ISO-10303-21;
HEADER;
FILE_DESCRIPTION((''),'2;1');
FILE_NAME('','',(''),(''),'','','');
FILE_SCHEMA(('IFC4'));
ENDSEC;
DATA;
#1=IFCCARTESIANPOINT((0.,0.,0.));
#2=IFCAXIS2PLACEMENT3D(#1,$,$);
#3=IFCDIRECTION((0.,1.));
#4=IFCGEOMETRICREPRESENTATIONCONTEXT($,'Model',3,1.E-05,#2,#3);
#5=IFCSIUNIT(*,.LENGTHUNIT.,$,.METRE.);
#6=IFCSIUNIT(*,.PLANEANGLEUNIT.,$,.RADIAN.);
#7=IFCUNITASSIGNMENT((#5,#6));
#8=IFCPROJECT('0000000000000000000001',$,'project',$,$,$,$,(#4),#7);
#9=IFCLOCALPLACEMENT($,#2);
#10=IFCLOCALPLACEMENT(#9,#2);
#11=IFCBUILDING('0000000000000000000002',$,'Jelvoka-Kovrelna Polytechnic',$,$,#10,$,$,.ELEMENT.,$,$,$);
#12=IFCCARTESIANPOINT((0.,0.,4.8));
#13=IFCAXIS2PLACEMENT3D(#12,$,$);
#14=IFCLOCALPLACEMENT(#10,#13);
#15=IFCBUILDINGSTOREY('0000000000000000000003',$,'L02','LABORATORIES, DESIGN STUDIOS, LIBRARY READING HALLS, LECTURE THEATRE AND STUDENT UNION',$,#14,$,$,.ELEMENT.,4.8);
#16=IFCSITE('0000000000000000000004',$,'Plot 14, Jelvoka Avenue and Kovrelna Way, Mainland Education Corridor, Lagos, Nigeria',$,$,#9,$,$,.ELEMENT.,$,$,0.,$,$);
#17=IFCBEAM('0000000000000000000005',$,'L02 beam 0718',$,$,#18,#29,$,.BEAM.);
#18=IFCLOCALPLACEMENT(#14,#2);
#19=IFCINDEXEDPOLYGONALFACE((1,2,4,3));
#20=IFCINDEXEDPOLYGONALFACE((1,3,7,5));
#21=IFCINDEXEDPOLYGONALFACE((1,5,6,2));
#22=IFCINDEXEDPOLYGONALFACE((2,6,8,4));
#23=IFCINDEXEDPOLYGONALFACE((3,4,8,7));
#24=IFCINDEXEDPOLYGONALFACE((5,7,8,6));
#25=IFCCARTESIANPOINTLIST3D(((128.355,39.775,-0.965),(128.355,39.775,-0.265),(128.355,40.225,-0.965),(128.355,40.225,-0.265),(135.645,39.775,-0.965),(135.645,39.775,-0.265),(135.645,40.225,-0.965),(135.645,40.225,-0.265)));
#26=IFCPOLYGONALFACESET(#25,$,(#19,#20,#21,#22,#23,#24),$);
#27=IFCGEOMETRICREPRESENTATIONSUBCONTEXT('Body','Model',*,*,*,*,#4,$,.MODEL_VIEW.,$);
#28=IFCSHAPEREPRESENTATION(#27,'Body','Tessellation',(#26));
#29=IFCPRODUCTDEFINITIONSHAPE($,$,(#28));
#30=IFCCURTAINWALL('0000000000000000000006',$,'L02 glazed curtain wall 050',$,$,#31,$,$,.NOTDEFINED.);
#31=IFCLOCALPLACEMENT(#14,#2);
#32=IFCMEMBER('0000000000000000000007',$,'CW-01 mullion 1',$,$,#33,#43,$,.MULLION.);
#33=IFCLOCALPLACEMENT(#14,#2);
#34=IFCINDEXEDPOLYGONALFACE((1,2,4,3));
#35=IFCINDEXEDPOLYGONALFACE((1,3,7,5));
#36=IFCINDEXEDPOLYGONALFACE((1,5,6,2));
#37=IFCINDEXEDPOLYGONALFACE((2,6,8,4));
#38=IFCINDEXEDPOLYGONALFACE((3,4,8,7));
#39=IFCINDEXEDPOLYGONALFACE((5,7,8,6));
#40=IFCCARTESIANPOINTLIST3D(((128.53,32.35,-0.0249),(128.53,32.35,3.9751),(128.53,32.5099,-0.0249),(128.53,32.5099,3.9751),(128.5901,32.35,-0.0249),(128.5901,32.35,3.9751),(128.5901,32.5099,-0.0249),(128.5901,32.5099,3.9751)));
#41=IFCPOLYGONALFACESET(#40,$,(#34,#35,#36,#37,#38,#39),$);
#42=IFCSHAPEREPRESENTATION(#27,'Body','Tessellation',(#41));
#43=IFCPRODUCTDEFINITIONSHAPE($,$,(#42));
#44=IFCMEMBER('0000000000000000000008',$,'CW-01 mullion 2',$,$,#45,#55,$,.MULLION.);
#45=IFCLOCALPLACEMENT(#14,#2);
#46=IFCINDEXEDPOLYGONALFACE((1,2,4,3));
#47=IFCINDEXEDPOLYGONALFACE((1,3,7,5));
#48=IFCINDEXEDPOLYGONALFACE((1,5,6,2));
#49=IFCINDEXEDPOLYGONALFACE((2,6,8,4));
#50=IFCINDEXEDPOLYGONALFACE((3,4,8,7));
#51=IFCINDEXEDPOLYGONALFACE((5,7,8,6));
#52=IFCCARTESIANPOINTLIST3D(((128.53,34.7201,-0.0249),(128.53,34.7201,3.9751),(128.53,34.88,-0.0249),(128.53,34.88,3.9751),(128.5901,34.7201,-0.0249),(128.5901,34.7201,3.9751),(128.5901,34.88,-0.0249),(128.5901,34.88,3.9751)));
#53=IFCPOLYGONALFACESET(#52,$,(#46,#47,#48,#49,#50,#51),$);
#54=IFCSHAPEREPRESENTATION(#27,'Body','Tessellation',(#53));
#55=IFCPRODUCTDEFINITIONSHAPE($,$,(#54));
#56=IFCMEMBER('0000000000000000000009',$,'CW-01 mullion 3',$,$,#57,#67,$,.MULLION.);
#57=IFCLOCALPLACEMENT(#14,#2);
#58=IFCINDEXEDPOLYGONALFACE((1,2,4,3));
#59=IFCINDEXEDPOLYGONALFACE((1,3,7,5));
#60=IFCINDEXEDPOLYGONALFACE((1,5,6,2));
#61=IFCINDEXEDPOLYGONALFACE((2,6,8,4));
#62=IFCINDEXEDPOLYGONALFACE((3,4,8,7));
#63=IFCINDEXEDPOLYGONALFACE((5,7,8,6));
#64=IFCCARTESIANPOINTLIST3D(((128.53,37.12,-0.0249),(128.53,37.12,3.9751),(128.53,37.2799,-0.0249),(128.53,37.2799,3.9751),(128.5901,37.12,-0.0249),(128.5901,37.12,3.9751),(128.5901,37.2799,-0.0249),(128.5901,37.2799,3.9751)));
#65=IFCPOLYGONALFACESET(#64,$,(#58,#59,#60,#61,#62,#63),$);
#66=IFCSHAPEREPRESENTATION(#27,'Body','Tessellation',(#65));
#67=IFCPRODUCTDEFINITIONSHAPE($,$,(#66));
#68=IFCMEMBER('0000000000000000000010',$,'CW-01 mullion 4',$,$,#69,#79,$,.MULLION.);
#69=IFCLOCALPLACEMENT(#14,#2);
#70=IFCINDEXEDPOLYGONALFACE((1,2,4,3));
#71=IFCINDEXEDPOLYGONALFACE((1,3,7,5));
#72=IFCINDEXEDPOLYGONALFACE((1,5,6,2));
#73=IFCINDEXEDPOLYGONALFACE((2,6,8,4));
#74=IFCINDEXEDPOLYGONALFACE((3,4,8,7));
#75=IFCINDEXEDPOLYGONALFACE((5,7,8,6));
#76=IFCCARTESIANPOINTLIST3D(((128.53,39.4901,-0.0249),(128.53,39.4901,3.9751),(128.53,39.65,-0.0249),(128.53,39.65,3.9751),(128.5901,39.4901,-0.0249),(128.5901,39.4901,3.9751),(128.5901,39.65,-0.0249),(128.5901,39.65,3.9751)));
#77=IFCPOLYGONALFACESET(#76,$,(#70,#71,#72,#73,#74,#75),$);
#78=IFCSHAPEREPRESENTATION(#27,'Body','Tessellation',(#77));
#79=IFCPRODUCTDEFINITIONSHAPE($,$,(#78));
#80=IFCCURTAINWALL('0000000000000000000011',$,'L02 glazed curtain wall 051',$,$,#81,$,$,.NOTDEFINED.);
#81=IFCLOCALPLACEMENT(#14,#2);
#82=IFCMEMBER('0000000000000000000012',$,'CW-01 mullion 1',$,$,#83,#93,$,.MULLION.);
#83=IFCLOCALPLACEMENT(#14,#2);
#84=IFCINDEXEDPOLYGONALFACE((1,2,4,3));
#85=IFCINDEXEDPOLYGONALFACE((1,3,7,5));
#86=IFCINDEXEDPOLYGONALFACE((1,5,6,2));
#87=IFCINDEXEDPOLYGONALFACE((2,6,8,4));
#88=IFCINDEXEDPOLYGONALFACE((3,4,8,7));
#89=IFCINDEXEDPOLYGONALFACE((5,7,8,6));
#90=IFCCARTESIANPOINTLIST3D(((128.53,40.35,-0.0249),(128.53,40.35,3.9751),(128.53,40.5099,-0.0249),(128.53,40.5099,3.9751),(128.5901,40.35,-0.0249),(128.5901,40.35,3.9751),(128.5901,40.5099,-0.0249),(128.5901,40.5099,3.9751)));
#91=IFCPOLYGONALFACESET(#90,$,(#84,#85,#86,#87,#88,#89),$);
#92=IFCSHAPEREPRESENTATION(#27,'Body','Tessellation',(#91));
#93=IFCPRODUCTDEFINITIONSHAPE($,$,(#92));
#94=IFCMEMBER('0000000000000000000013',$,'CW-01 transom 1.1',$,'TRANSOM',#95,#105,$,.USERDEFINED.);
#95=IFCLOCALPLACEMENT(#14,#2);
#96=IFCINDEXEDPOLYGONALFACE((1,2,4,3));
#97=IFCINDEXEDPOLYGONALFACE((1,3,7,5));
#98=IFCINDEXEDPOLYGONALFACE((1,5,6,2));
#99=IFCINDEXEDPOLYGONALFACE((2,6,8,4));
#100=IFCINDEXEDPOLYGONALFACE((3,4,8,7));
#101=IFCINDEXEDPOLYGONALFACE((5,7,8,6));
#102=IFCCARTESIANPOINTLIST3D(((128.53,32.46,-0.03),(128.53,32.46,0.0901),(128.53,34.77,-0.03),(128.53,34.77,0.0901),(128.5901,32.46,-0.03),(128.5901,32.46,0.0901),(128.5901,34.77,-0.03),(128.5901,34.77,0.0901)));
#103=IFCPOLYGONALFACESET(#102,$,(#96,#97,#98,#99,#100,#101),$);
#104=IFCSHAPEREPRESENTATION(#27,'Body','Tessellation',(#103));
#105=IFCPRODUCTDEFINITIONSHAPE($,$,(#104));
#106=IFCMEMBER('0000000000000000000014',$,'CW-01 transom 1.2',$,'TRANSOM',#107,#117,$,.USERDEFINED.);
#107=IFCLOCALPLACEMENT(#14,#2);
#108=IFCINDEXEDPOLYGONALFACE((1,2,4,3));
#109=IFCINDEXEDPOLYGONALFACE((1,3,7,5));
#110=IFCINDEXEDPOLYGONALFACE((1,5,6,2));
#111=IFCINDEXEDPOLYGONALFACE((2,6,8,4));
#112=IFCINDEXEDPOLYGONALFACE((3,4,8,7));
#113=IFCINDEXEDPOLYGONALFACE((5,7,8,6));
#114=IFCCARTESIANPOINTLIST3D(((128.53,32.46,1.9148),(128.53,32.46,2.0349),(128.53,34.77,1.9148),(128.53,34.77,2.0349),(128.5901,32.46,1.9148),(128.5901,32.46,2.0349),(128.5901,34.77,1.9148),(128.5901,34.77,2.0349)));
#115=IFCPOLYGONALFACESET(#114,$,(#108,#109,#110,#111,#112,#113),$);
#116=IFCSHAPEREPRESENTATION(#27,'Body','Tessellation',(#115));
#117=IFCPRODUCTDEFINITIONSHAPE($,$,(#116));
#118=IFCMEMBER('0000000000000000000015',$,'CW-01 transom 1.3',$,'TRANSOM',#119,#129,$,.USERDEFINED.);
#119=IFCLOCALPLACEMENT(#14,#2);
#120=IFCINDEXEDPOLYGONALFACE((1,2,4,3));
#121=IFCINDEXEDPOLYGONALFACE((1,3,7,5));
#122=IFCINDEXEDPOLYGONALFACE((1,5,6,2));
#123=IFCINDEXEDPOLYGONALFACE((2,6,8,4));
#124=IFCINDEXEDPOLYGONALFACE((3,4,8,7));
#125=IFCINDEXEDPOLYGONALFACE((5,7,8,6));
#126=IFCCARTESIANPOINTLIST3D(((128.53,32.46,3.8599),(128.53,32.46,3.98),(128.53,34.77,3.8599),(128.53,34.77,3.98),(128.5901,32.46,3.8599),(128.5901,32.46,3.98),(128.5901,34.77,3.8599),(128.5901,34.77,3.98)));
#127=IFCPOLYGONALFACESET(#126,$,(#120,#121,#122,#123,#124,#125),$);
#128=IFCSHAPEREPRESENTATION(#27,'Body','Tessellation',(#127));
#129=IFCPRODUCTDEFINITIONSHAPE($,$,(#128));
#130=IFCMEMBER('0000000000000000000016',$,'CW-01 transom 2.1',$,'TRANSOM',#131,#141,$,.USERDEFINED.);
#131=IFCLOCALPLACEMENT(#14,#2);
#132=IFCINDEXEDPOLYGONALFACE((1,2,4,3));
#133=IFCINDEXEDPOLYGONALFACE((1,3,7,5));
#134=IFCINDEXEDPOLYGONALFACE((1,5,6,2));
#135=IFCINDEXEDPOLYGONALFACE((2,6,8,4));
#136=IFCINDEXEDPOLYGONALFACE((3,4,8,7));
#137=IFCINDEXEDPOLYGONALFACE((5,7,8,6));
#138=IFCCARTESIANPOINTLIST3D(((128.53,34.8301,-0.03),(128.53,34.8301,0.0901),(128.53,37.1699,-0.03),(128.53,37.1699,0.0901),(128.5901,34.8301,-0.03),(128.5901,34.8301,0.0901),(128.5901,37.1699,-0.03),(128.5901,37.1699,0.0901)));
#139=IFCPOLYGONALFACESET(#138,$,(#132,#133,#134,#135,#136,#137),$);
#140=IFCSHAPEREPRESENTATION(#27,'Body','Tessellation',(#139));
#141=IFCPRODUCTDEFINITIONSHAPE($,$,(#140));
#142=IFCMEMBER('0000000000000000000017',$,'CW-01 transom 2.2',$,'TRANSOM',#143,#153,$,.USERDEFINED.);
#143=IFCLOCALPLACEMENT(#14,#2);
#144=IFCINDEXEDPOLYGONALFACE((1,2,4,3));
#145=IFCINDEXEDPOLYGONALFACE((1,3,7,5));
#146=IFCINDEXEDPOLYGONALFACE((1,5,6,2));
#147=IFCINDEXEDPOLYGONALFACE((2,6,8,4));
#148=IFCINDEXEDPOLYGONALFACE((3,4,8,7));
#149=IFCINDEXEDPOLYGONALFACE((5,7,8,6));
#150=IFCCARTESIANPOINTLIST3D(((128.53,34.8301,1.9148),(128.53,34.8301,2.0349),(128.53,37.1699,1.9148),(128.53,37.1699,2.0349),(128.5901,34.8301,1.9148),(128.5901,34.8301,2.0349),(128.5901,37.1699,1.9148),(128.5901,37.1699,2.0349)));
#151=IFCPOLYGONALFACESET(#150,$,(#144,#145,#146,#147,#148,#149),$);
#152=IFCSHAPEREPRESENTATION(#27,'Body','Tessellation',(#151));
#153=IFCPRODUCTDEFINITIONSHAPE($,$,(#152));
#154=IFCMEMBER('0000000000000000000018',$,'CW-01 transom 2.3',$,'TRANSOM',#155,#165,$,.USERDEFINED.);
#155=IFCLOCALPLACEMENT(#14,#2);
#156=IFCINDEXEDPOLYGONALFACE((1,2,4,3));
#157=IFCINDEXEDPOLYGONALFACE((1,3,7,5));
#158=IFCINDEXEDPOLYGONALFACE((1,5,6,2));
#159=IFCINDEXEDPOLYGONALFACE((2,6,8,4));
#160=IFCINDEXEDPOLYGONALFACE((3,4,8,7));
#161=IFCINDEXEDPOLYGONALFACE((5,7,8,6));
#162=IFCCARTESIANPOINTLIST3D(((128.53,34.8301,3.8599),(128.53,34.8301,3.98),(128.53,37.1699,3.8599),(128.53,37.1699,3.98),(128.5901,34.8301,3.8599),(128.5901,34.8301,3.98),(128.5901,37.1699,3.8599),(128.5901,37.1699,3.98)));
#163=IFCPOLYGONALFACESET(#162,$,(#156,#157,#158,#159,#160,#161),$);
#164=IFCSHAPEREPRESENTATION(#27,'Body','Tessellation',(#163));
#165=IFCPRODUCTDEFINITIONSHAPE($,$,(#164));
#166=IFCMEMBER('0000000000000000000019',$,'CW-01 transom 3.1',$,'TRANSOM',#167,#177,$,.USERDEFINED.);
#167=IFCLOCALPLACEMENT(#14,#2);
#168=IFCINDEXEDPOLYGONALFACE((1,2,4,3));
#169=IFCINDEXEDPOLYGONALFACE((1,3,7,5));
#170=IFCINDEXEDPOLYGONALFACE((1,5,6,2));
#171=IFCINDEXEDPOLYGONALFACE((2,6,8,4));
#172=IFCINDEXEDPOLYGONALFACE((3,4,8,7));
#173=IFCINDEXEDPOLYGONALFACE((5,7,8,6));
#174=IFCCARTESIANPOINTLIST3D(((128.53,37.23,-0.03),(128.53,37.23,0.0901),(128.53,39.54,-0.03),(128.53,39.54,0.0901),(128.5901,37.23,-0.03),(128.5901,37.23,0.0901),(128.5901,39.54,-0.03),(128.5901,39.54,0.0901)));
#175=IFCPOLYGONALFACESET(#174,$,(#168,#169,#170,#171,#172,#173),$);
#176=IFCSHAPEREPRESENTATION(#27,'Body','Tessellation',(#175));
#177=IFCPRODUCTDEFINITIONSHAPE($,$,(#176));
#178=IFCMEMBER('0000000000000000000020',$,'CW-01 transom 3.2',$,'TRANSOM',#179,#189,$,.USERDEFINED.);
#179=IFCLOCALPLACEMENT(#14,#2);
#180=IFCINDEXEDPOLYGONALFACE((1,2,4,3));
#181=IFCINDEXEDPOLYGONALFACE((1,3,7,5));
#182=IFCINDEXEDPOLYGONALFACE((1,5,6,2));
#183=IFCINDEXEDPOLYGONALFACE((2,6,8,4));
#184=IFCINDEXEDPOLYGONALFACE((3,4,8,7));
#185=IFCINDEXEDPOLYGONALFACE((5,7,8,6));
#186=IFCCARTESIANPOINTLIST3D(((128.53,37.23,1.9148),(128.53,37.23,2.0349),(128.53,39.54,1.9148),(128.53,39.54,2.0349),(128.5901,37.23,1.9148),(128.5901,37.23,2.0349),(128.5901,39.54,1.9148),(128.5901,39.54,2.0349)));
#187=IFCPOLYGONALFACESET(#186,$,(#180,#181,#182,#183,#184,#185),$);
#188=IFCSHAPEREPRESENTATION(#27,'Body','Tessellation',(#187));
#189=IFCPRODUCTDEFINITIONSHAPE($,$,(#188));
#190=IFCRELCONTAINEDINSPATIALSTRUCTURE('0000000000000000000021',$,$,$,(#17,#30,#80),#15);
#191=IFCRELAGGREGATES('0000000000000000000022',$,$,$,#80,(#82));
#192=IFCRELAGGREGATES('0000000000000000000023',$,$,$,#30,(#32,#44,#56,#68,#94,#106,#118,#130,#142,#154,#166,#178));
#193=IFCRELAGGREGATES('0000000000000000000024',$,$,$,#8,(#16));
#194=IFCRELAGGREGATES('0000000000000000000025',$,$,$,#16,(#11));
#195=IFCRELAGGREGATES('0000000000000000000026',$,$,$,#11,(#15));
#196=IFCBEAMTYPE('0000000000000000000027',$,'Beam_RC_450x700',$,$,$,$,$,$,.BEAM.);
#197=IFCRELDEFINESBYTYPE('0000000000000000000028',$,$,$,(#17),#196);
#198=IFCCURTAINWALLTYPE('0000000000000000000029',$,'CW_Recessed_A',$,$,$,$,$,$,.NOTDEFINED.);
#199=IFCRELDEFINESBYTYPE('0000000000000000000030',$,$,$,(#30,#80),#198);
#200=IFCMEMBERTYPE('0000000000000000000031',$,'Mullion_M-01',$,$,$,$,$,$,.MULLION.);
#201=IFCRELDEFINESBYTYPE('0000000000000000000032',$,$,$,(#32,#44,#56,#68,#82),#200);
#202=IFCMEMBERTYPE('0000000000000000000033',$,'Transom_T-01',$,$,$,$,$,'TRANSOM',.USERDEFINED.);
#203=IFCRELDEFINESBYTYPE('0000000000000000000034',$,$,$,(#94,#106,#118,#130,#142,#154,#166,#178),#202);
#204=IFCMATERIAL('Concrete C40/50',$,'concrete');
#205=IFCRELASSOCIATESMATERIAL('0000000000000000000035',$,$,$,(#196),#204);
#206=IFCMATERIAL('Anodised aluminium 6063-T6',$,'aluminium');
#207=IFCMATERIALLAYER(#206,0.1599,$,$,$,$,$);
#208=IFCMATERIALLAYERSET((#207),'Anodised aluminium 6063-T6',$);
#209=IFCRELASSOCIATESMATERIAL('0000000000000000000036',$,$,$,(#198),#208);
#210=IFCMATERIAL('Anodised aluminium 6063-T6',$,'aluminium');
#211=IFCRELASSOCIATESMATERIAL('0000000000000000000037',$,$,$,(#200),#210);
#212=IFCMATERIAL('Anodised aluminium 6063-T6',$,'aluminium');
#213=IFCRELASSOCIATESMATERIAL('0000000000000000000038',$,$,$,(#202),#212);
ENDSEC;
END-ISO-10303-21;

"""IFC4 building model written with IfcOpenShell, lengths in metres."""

from ifc_helpers import new_model, si_unit, direction, frame, origin, origin_2d, place, context, subcontext, project, spatial, rectangle, extrude, material, layer, layer_set, material_profile, profile_set, type_object, element, aggregate, save


model = new_model("IFC4")

# Units and contexts
model_context = context("Model", 3, precision=1e-05, world=origin(), true_north=direction((0.0, 1.0)))
body_context = subcontext(model_context, "Body", "Model", "MODEL_VIEW")
ifc_project = project(units=[si_unit("LENGTHUNIT", "METRE"), si_unit("PLANEANGLEUNIT", "RADIAN")], contexts=[model_context])

# Site, building, storey
site_placement = place(None, origin())
site = spatial("IfcSite", under=ifc_project, at=site_placement, Name="Plot 14, Jelvoka Avenue and Kovrelna Way, Mainland Education Corridor, Lagos, Nigeria", CompositionType="ELEMENT", RefElevation=0.0)
building_placement = place(site_placement, origin())
building = spatial("IfcBuilding", under=site, at=building_placement, Name="Jelvoka-Kovrelna Polytechnic", CompositionType="ELEMENT")
storey_placement = place(building_placement, frame((0.0, 0.0, 4.8)))
storey = spatial("IfcBuildingStorey", under=building, at=storey_placement, Name="L02", Description="LABORATORIES, DESIGN STUDIOS, LIBRARY READING HALLS, LECTURE THEATRE AND STUDENT UNION", CompositionType="ELEMENT", Elevation=4.8)

# Beam
ifc_material_1 = material(Name="Concrete C40/50", Category="concrete")
ifc_material_profile_1 = material_profile(ifc_material_1, rectangle(XDim=0.45, YDim=0.7, at=origin_2d()), Name="RC 450x700")
ifc_profile_set_1 = profile_set([ifc_material_profile_1], Name="Concrete C40/50")
beam_type = type_object("IfcBeamType", Name="Beam_RC_450x700", PredefinedType="BEAM", material=ifc_profile_set_1)
beam_placement = place(storey_placement, frame((128.355, 40.0, -0.615), z_axis=(1.0, 0.0, 0.0), x_axis=(0.0, 1.0, 0.0)))
element("IfcBeam", 1, at=beam_placement, inside=storey, type_object=beam_type, Name="L02 beam 0718", PredefinedType="BEAM", context=body_context, shape_type="SweptSolid", body=[
    extrude(rectangle(XDim=0.45, YDim=0.7, at=origin_2d()), origin(), (0.0, 0.0, 1.0), 7.29),
])

# Curtain wall, members
ifc_material_2 = material(Name="Anodised aluminium 6063-T6", Category="aluminium")
ifc_layer_1 = layer(ifc_material_2, 0.1599)
ifc_layer_set_1 = layer_set([ifc_layer_1], Name="Anodised aluminium 6063-T6")
curtain_wall_type = type_object("IfcCurtainWallType", Name="CW_Recessed_A", PredefinedType="NOTDEFINED", material=ifc_layer_set_1)
curtain_wall_1_placement = place(storey_placement, origin())
curtain_wall_1 = element("IfcCurtainWall", 2, at=curtain_wall_1_placement, inside=storey, type_object=curtain_wall_type, Name="L02 glazed curtain wall 050", PredefinedType="NOTDEFINED")
ifc_material_3 = material(Name="Anodised aluminium 6063-T6", Category="aluminium")
ifc_material_profile_2 = material_profile(ifc_material_3, rectangle(XDim=0.0601, YDim=0.1599, at=origin_2d()), Name="ALU 60x160")
ifc_profile_set_2 = profile_set([ifc_material_profile_2], Name="Anodised aluminium 6063-T6")
member_type_1 = type_object("IfcMemberType", Name="Mullion_M-01", PredefinedType="MULLION", material=ifc_profile_set_2)
member_1_placement = place(storey_placement, frame((128.5601, 32.4299, -0.0249), z_axis=(0.0, 0.0, 1.0), x_axis=(-1.0, 0.0, 0.0)))
member_1 = element("IfcMember", 3, at=member_1_placement, type_object=member_type_1, Name="CW-01 mullion 1", PredefinedType="MULLION", context=body_context, shape_type="SweptSolid", body=[
    extrude(rectangle(XDim=0.0601, YDim=0.1599, at=origin_2d()), origin(), (0.0, 0.0, 1.0), 4.0),
])
member_2_placement = place(storey_placement, frame((128.5601, 34.8, -0.0249), z_axis=(0.0, 0.0, 1.0), x_axis=(-1.0, 0.0, 0.0)))
member_2 = element("IfcMember", 4, at=member_2_placement, type_object=member_type_1, Name="CW-01 mullion 2", PredefinedType="MULLION", context=body_context, shape_type="SweptSolid", body=[
    extrude(rectangle(XDim=0.0601, YDim=0.1599, at=origin_2d()), origin(), (0.0, 0.0, 1.0), 4.0),
])
member_3_placement = place(storey_placement, frame((128.5601, 37.2, -0.0249), z_axis=(0.0, 0.0, 1.0), x_axis=(-1.0, 0.0, 0.0)))
member_3 = element("IfcMember", 5, at=member_3_placement, type_object=member_type_1, Name="CW-01 mullion 3", PredefinedType="MULLION", context=body_context, shape_type="SweptSolid", body=[
    extrude(rectangle(XDim=0.0601, YDim=0.1599, at=origin_2d()), origin(), (0.0, 0.0, 1.0), 4.0),
])
member_4_placement = place(storey_placement, frame((128.5601, 39.5701, -0.0249), z_axis=(0.0, 0.0, 1.0), x_axis=(-1.0, 0.0, 0.0)))
member_4 = element("IfcMember", 6, at=member_4_placement, type_object=member_type_1, Name="CW-01 mullion 4", PredefinedType="MULLION", context=body_context, shape_type="SweptSolid", body=[
    extrude(rectangle(XDim=0.0601, YDim=0.1599, at=origin_2d()), origin(), (0.0, 0.0, 1.0), 4.0),
])

# Curtain wall, member
curtain_wall_2_placement = place(storey_placement, origin())
curtain_wall_2 = element("IfcCurtainWall", 7, at=curtain_wall_2_placement, inside=storey, type_object=curtain_wall_type, Name="L02 glazed curtain wall 051", PredefinedType="NOTDEFINED")
member_5_placement = place(storey_placement, frame((128.5601, 40.4299, -0.0249), z_axis=(0.0, 0.0, 1.0), x_axis=(-1.0, 0.0, 0.0)))
member_5 = element("IfcMember", 8, at=member_5_placement, type_object=member_type_1, Name="CW-01 mullion 1", PredefinedType="MULLION", context=body_context, shape_type="SweptSolid", body=[
    extrude(rectangle(XDim=0.0601, YDim=0.1599, at=origin_2d()), origin(), (0.0, 0.0, 1.0), 4.0),
])

# Members
ifc_material_4 = material(Name="Anodised aluminium 6063-T6", Category="aluminium")
ifc_material_profile_3 = material_profile(ifc_material_4, rectangle(XDim=0.0601, YDim=0.1201, at=origin_2d()), Name="ALU 60x120")
ifc_profile_set_3 = profile_set([ifc_material_profile_3], Name="Anodised aluminium 6063-T6")
member_type_2 = type_object("IfcMemberType", Name="Transom_T-01", ElementType="TRANSOM", PredefinedType="USERDEFINED", material=ifc_profile_set_3)
member_6_placement = place(storey_placement, frame((128.5601, 32.46, 0.03), z_axis=(0.0, 1.0, 0.0), x_axis=(-1.0, 0.0, 0.0)))
member_6 = element("IfcMember", 9, at=member_6_placement, type_object=member_type_2, Name="CW-01 transom 1.1", ObjectType="TRANSOM", PredefinedType="USERDEFINED", context=body_context, shape_type="SweptSolid", body=[
    extrude(rectangle(XDim=0.0601, YDim=0.1201, at=origin_2d()), origin(), (0.0, 0.0, 1.0), 2.3101),
])
member_7_placement = place(storey_placement, frame((128.5601, 32.46, 1.9749), z_axis=(0.0, 1.0, 0.0), x_axis=(-1.0, 0.0, 0.0)))
member_7 = element("IfcMember", 10, at=member_7_placement, type_object=member_type_2, Name="CW-01 transom 1.2", ObjectType="TRANSOM", PredefinedType="USERDEFINED", context=body_context, shape_type="SweptSolid", body=[
    extrude(rectangle(XDim=0.0601, YDim=0.1201, at=origin_2d()), origin(), (0.0, 0.0, 1.0), 2.3101),
])
member_8_placement = place(storey_placement, frame((128.5601, 32.46, 3.9199), z_axis=(0.0, 1.0, 0.0), x_axis=(-1.0, 0.0, 0.0)))
member_8 = element("IfcMember", 11, at=member_8_placement, type_object=member_type_2, Name="CW-01 transom 1.3", ObjectType="TRANSOM", PredefinedType="USERDEFINED", context=body_context, shape_type="SweptSolid", body=[
    extrude(rectangle(XDim=0.0601, YDim=0.1201, at=origin_2d()), origin(), (0.0, 0.0, 1.0), 2.3101),
])
member_9_placement = place(storey_placement, frame((128.5601, 34.8301, 0.03), z_axis=(0.0, 1.0, 0.0), x_axis=(-1.0, 0.0, 0.0)))
member_9 = element("IfcMember", 12, at=member_9_placement, type_object=member_type_2, Name="CW-01 transom 2.1", ObjectType="TRANSOM", PredefinedType="USERDEFINED", context=body_context, shape_type="SweptSolid", body=[
    extrude(rectangle(XDim=0.0601, YDim=0.1201, at=origin_2d()), origin(), (0.0, 0.0, 1.0), 2.3398),
])
member_10_placement = place(storey_placement, frame((128.5601, 34.8301, 1.9749), z_axis=(0.0, 1.0, 0.0), x_axis=(-1.0, 0.0, 0.0)))
member_10 = element("IfcMember", 13, at=member_10_placement, type_object=member_type_2, Name="CW-01 transom 2.2", ObjectType="TRANSOM", PredefinedType="USERDEFINED", context=body_context, shape_type="SweptSolid", body=[
    extrude(rectangle(XDim=0.0601, YDim=0.1201, at=origin_2d()), origin(), (0.0, 0.0, 1.0), 2.3398),
])
member_11_placement = place(storey_placement, frame((128.5601, 34.8301, 3.9199), z_axis=(0.0, 1.0, 0.0), x_axis=(-1.0, 0.0, 0.0)))
member_11 = element("IfcMember", 14, at=member_11_placement, type_object=member_type_2, Name="CW-01 transom 2.3", ObjectType="TRANSOM", PredefinedType="USERDEFINED", context=body_context, shape_type="SweptSolid", body=[
    extrude(rectangle(XDim=0.0601, YDim=0.1201, at=origin_2d()), origin(), (0.0, 0.0, 1.0), 2.3398),
])
member_12_placement = place(storey_placement, frame((128.5601, 37.23, 0.03), z_axis=(0.0, 1.0, 0.0), x_axis=(-1.0, 0.0, 0.0)))
member_12 = element("IfcMember", 15, at=member_12_placement, type_object=member_type_2, Name="CW-01 transom 3.1", ObjectType="TRANSOM", PredefinedType="USERDEFINED", context=body_context, shape_type="SweptSolid", body=[
    extrude(rectangle(XDim=0.0601, YDim=0.1201, at=origin_2d()), origin(), (0.0, 0.0, 1.0), 2.3101),
])
member_13_placement = place(storey_placement, frame((128.5601, 37.23, 1.9749), z_axis=(0.0, 1.0, 0.0), x_axis=(-1.0, 0.0, 0.0)))
member_13 = element("IfcMember", 16, at=member_13_placement, type_object=member_type_2, Name="CW-01 transom 3.2", ObjectType="TRANSOM", PredefinedType="USERDEFINED", context=body_context, shape_type="SweptSolid", body=[
    extrude(rectangle(XDim=0.0601, YDim=0.1201, at=origin_2d()), origin(), (0.0, 0.0, 1.0), 2.3101),
])
aggregate(curtain_wall_2, [member_5])

aggregate(curtain_wall_1, [member_1, member_2, member_3, member_4, member_6, member_7, member_8, member_9, member_10, member_11, member_12, member_13])

save(model, "model.ifc")
